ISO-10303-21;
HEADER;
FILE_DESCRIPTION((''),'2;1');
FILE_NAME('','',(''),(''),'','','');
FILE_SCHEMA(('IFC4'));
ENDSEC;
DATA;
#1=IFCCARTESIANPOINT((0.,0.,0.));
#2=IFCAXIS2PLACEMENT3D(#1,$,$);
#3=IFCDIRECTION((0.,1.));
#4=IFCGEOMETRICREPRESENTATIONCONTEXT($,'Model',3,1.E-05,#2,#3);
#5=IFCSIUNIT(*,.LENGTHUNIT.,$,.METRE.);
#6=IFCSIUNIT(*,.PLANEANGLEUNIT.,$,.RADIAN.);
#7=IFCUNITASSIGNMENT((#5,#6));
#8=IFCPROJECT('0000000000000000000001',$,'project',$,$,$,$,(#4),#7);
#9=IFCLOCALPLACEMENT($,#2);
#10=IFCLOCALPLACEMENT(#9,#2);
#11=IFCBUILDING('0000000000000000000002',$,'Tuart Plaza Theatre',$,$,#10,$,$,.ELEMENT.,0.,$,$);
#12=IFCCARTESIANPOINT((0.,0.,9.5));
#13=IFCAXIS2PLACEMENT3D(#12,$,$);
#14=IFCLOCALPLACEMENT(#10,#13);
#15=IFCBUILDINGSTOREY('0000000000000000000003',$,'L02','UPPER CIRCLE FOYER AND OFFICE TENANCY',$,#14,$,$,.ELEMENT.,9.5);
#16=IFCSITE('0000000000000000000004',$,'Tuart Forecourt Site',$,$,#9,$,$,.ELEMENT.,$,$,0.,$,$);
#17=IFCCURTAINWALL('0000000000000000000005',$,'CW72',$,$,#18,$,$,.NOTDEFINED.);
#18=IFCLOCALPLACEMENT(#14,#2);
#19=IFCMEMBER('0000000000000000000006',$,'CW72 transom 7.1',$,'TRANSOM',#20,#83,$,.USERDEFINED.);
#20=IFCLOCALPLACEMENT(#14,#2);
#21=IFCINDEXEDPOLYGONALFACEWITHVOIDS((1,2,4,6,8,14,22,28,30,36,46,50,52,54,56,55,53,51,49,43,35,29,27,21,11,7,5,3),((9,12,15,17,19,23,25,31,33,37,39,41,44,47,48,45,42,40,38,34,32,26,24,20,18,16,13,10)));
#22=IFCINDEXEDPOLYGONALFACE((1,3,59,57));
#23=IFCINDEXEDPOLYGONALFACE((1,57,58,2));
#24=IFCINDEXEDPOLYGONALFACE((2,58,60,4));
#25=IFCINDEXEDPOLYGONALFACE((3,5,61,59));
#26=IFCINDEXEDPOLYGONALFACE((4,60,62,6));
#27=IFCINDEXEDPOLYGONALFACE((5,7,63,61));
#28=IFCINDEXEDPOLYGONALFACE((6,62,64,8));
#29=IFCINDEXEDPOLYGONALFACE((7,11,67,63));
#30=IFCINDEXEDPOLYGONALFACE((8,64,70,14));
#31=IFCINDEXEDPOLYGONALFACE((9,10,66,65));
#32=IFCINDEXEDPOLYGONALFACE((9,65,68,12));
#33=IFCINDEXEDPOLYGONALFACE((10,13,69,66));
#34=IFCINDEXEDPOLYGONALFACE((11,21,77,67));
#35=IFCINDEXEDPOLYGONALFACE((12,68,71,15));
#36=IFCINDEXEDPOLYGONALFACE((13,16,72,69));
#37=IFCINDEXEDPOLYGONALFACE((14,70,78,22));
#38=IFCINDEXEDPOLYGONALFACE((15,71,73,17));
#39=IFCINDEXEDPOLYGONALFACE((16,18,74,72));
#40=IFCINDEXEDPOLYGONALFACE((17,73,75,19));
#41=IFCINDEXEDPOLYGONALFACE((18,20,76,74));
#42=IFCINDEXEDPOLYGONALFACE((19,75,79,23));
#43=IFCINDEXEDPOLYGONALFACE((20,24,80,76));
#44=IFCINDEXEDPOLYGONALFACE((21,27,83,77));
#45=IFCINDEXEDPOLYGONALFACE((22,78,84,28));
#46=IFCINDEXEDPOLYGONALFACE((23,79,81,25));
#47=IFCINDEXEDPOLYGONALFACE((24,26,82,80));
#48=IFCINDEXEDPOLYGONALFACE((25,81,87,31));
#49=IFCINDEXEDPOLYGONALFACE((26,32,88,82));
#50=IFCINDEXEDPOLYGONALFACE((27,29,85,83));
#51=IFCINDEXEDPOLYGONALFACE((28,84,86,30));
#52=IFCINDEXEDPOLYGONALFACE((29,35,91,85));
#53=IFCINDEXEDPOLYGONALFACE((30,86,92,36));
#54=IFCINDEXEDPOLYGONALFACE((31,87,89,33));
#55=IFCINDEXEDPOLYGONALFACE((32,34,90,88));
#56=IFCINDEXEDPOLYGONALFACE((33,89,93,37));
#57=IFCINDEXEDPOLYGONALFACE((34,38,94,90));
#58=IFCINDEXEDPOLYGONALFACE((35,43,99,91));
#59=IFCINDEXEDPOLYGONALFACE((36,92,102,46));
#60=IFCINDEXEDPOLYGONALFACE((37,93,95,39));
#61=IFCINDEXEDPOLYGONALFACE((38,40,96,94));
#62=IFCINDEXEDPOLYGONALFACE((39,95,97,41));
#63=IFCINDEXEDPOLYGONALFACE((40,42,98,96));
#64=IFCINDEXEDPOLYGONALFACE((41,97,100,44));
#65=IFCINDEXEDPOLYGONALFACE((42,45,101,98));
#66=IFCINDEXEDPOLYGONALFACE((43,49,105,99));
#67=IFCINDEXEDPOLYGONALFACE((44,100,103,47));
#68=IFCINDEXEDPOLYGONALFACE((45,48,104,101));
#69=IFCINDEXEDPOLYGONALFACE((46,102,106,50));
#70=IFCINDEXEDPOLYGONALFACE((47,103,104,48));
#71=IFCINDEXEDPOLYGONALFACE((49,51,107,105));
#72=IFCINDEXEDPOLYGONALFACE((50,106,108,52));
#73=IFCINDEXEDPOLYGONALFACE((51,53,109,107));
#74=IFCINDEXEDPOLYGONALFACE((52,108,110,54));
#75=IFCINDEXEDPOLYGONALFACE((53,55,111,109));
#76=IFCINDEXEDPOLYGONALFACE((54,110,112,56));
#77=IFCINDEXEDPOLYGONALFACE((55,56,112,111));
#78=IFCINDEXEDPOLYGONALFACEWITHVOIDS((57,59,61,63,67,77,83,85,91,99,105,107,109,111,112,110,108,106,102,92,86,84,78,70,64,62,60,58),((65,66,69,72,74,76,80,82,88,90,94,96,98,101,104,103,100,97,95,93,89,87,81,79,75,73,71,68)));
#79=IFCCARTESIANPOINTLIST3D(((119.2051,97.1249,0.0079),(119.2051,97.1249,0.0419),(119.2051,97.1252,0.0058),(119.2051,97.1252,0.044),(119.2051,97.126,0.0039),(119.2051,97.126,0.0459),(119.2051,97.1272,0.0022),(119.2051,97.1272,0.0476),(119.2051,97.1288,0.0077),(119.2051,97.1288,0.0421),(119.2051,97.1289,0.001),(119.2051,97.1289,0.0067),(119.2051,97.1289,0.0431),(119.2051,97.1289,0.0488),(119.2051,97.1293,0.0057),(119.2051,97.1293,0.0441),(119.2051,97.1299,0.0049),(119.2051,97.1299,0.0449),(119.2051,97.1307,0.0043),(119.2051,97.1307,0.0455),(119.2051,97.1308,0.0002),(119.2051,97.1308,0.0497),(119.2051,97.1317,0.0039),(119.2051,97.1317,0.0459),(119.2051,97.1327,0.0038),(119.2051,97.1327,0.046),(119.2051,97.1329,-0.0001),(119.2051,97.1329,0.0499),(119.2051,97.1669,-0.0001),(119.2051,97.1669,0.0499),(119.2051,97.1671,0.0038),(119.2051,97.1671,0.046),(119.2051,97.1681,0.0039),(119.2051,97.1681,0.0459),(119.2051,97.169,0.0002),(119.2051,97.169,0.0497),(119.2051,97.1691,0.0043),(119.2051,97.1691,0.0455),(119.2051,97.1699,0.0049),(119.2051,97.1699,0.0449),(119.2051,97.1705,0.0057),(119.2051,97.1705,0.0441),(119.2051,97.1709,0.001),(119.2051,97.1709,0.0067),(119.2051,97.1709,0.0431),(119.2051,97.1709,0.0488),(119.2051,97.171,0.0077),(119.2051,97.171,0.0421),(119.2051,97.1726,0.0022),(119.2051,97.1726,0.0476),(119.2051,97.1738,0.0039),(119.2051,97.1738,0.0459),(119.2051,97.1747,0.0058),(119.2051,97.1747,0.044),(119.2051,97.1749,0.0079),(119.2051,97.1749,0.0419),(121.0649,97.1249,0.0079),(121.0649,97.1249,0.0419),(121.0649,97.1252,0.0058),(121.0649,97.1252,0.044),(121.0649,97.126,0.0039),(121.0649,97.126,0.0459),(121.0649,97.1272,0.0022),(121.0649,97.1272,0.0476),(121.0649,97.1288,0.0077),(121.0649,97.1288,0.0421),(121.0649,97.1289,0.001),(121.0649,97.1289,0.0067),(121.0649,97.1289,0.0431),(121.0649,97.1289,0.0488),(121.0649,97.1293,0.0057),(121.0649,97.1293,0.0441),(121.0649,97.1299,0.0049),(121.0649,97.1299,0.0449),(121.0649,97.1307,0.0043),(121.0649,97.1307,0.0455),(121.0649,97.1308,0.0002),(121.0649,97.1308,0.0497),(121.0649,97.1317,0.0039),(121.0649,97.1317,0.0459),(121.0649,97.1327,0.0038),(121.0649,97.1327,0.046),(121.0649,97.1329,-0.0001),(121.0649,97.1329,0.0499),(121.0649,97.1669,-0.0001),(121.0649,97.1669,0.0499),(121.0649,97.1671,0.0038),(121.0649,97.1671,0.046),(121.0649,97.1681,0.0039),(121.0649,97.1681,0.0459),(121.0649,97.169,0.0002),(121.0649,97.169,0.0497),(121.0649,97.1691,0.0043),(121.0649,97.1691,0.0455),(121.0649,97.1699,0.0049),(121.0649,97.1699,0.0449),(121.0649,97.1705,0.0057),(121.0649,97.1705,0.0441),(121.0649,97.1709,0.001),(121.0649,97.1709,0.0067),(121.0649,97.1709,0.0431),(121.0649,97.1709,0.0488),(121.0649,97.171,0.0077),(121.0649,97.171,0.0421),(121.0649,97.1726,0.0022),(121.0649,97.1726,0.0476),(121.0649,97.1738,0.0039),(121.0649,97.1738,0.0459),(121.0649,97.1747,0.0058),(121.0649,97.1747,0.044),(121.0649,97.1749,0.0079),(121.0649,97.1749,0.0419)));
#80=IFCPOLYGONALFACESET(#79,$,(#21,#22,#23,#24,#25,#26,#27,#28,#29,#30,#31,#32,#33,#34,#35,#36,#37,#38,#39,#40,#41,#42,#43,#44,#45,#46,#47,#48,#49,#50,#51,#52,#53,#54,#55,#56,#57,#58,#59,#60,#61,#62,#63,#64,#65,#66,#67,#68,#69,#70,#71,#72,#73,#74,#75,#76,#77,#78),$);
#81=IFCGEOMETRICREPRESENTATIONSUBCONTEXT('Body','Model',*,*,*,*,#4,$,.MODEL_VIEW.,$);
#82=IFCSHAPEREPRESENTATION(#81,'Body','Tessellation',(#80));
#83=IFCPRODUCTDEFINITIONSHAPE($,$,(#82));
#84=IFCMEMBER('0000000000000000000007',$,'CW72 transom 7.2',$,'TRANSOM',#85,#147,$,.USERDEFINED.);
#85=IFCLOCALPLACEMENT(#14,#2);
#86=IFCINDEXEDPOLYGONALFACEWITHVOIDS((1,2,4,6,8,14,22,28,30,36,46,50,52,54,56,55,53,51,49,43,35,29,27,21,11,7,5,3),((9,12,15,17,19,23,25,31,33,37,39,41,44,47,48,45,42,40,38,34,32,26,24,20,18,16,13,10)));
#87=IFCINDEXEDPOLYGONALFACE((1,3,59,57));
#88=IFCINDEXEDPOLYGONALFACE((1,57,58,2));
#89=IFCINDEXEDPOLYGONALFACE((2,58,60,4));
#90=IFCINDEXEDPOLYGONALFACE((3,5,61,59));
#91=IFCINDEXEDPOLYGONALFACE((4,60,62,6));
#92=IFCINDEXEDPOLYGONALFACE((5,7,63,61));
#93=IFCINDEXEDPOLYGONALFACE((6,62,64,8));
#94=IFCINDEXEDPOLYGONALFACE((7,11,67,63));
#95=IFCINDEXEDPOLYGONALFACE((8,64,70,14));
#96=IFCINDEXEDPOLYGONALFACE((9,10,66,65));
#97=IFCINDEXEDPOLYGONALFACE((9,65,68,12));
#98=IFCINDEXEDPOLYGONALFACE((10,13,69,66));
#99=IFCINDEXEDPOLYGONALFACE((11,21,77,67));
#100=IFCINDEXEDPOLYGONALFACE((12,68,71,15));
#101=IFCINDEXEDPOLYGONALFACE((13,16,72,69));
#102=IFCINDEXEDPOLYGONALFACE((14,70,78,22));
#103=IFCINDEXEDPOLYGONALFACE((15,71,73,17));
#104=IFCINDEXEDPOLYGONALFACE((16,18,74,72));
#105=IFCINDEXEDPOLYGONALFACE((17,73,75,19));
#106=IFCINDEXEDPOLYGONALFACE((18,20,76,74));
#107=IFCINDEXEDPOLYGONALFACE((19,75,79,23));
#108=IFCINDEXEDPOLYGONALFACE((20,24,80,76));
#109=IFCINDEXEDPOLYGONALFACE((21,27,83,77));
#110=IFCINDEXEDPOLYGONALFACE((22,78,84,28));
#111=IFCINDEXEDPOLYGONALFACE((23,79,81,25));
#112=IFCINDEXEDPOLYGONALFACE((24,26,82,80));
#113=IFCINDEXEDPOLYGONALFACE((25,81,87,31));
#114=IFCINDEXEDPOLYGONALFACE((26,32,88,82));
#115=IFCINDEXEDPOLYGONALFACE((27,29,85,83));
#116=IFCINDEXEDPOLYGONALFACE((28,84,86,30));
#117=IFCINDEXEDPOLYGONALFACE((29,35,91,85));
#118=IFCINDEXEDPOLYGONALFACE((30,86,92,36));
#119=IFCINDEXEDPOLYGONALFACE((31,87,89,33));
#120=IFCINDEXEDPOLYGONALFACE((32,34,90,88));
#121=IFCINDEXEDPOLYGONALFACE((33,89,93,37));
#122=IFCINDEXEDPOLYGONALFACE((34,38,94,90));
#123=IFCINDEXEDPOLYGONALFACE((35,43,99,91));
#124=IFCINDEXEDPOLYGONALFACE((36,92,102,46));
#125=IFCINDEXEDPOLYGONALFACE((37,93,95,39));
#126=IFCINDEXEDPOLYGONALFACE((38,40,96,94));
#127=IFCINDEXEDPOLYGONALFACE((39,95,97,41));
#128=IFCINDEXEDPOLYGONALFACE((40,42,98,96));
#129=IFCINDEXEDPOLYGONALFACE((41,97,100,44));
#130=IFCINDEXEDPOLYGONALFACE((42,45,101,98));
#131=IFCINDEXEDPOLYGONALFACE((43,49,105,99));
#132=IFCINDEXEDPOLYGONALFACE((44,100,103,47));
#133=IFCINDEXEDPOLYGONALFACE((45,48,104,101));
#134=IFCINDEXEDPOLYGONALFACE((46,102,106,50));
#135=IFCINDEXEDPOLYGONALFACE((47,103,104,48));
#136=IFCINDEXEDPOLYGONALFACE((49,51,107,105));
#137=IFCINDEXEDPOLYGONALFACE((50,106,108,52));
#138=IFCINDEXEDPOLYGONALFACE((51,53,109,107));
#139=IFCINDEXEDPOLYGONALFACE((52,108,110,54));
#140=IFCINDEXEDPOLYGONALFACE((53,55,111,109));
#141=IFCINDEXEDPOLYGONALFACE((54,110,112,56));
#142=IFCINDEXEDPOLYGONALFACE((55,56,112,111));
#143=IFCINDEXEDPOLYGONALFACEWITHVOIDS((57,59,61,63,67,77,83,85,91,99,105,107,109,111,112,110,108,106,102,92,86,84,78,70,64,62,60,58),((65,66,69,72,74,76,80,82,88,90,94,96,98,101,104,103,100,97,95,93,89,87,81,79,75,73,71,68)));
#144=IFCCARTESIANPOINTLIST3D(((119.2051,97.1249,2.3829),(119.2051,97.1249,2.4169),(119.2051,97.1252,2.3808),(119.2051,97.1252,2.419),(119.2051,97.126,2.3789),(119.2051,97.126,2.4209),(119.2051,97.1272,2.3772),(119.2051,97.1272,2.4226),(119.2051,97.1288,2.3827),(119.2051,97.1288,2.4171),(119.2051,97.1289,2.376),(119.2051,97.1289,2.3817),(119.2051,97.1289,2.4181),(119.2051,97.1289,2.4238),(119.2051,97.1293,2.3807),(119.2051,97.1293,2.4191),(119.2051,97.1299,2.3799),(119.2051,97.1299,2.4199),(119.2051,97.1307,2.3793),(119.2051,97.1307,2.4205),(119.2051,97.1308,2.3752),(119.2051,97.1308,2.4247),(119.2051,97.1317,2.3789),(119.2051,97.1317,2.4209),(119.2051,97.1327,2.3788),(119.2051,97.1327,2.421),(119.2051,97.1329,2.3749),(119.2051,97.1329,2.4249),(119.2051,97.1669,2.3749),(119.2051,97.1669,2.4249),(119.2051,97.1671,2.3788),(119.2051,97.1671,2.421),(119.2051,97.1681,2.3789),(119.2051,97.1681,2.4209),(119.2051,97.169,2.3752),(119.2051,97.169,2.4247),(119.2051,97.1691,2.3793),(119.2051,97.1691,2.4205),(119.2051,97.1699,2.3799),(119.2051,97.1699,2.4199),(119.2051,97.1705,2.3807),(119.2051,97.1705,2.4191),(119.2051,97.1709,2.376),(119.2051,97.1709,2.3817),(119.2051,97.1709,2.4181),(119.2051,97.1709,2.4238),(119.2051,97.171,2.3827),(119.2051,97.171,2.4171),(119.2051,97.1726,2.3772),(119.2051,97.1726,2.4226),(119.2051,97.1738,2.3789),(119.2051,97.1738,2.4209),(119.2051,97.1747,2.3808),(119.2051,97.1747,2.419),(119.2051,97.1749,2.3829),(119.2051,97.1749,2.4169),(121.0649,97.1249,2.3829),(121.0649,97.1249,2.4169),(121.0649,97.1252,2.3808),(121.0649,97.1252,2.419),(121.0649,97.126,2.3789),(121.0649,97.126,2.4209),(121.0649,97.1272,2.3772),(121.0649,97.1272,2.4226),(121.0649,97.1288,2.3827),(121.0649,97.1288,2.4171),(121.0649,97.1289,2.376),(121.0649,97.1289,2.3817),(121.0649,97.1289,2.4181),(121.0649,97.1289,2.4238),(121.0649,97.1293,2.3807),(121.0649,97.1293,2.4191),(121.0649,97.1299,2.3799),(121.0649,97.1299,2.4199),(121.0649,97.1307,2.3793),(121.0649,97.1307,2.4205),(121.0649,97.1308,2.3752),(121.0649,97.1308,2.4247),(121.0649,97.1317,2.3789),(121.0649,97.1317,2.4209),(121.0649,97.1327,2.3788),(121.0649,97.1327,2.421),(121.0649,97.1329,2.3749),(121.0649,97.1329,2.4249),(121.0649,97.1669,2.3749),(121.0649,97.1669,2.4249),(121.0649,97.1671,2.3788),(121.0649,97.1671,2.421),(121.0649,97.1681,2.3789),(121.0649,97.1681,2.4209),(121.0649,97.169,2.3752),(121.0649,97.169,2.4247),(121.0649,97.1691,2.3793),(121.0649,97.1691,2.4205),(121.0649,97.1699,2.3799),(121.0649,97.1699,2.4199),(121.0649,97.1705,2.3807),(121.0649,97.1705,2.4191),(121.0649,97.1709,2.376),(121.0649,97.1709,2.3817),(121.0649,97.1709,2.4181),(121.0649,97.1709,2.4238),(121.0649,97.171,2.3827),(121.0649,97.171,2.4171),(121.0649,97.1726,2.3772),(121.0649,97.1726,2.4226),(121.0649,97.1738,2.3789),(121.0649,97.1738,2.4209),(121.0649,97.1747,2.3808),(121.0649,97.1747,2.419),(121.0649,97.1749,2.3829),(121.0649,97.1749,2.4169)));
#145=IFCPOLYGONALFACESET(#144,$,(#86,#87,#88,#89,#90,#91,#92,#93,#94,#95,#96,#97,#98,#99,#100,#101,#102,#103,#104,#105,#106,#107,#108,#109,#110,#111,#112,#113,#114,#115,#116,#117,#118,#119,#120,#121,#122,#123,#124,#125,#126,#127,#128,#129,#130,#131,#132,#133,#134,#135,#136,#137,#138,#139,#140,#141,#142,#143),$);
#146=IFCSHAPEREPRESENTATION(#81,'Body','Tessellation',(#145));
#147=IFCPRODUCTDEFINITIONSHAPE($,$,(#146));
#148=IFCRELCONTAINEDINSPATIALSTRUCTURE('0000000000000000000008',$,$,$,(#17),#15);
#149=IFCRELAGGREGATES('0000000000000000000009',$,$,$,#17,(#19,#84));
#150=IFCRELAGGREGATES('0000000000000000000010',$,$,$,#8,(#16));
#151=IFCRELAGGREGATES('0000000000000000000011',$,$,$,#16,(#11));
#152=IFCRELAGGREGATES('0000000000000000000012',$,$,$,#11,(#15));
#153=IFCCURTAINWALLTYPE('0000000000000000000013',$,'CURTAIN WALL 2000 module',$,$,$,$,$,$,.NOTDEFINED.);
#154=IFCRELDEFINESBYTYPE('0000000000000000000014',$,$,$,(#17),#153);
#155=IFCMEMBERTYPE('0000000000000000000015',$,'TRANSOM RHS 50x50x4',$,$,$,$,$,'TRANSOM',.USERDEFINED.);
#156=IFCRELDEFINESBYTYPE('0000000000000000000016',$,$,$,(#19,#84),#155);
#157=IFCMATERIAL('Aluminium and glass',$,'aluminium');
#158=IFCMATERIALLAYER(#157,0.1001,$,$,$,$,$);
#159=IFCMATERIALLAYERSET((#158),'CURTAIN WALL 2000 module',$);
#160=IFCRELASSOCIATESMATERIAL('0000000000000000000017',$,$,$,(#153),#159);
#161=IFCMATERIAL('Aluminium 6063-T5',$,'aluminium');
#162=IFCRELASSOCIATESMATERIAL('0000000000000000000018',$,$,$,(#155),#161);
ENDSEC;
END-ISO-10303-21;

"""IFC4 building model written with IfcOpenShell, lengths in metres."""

from ifc_helpers import new_model, si_unit, direction, frame, origin, origin_2d, place, context, subcontext, project, spatial, hollow_rectangle, extrude, material, layer, layer_set, material_profile, profile_set, type_object, element, aggregate, save


model = new_model("IFC4")

# Units and contexts
model_context = context("Model", 3, precision=1e-05, world=origin(), true_north=direction((0.0, 1.0)))
body_context = subcontext(model_context, "Body", "Model", "MODEL_VIEW")
ifc_project = project(units=[si_unit("LENGTHUNIT", "METRE"), si_unit("PLANEANGLEUNIT", "RADIAN")], contexts=[model_context])

# Site, building, storey
site_placement = place(None, origin())
site = spatial("IfcSite", under=ifc_project, at=site_placement, Name="Tuart Forecourt Site", CompositionType="ELEMENT", RefElevation=0.0)
building_placement = place(site_placement, origin())
building = spatial("IfcBuilding", under=site, at=building_placement, Name="Tuart Plaza Theatre", CompositionType="ELEMENT", ElevationOfRefHeight=0.0)
storey_placement = place(building_placement, frame((0.0, 0.0, 9.5)))
storey = spatial("IfcBuildingStorey", under=building, at=storey_placement, Name="L02", Description="UPPER CIRCLE FOYER AND OFFICE TENANCY", CompositionType="ELEMENT", Elevation=9.5)

# Curtain wall, members
ifc_material_1 = material(Name="Aluminium and glass", Category="aluminium")
ifc_layer_1 = layer(ifc_material_1, 0.1001)
ifc_layer_set_1 = layer_set([ifc_layer_1], Name="CURTAIN WALL 2000 module")
curtain_wall_type = type_object("IfcCurtainWallType", Name="CURTAIN WALL 2000 module", PredefinedType="NOTDEFINED", material=ifc_layer_set_1)
curtain_wall_placement = place(storey_placement, origin())
curtain_wall = element("IfcCurtainWall", 1, at=curtain_wall_placement, inside=storey, type_object=curtain_wall_type, Name="CW72", PredefinedType="NOTDEFINED")
ifc_material_2 = material(Name="Aluminium 6063-T5", Category="aluminium")
ifc_material_profile_1 = material_profile(ifc_material_2, hollow_rectangle(XDim=0.05, YDim=0.05, WallThickness=0.0039, InnerFilletRadius=0.0039, OuterFilletRadius=0.0081, at=origin_2d()), Name="RHS 50x50x4")
ifc_profile_set_1 = profile_set([ifc_material_profile_1], Name="Aluminium 6063-T5")
member_type_1 = type_object("IfcMemberType", Name="TRANSOM RHS 50x50x4", ElementType="TRANSOM", PredefinedType="USERDEFINED", material=ifc_profile_set_1)
member_1_placement = place(storey_placement, frame((121.0649, 97.1499, 0.0249), z_axis=(-1.0, 0.0, 0.0), x_axis=(0.0, -1.0, 0.0)))
member_1 = element("IfcMember", 2, at=member_1_placement, type_object=member_type_1, Name="CW72 transom 7.1", ObjectType="TRANSOM", PredefinedType="USERDEFINED", context=body_context, shape_type="SweptSolid", body=[
    extrude(hollow_rectangle(XDim=0.05, YDim=0.05, WallThickness=0.0039, InnerFilletRadius=0.0039, OuterFilletRadius=0.0081, at=origin_2d()), origin(), (0.0, 0.0, 1.0), 1.8599),
])
member_2_placement = place(storey_placement, frame((121.0649, 97.1499, 2.3999), z_axis=(-1.0, 0.0, 0.0), x_axis=(0.0, -1.0, 0.0)))
member_2 = element("IfcMember", 3, at=member_2_placement, type_object=member_type_1, Name="CW72 transom 7.2", ObjectType="TRANSOM", PredefinedType="USERDEFINED", context=body_context, shape_type="SweptSolid", body=[
    extrude(hollow_rectangle(XDim=0.05, YDim=0.05, WallThickness=0.0039, InnerFilletRadius=0.0039, OuterFilletRadius=0.0081, at=origin_2d()), origin(), (0.0, 0.0, 1.0), 1.8599),
])
aggregate(curtain_wall, [member_1, member_2])

save(model, "model.ifc")
